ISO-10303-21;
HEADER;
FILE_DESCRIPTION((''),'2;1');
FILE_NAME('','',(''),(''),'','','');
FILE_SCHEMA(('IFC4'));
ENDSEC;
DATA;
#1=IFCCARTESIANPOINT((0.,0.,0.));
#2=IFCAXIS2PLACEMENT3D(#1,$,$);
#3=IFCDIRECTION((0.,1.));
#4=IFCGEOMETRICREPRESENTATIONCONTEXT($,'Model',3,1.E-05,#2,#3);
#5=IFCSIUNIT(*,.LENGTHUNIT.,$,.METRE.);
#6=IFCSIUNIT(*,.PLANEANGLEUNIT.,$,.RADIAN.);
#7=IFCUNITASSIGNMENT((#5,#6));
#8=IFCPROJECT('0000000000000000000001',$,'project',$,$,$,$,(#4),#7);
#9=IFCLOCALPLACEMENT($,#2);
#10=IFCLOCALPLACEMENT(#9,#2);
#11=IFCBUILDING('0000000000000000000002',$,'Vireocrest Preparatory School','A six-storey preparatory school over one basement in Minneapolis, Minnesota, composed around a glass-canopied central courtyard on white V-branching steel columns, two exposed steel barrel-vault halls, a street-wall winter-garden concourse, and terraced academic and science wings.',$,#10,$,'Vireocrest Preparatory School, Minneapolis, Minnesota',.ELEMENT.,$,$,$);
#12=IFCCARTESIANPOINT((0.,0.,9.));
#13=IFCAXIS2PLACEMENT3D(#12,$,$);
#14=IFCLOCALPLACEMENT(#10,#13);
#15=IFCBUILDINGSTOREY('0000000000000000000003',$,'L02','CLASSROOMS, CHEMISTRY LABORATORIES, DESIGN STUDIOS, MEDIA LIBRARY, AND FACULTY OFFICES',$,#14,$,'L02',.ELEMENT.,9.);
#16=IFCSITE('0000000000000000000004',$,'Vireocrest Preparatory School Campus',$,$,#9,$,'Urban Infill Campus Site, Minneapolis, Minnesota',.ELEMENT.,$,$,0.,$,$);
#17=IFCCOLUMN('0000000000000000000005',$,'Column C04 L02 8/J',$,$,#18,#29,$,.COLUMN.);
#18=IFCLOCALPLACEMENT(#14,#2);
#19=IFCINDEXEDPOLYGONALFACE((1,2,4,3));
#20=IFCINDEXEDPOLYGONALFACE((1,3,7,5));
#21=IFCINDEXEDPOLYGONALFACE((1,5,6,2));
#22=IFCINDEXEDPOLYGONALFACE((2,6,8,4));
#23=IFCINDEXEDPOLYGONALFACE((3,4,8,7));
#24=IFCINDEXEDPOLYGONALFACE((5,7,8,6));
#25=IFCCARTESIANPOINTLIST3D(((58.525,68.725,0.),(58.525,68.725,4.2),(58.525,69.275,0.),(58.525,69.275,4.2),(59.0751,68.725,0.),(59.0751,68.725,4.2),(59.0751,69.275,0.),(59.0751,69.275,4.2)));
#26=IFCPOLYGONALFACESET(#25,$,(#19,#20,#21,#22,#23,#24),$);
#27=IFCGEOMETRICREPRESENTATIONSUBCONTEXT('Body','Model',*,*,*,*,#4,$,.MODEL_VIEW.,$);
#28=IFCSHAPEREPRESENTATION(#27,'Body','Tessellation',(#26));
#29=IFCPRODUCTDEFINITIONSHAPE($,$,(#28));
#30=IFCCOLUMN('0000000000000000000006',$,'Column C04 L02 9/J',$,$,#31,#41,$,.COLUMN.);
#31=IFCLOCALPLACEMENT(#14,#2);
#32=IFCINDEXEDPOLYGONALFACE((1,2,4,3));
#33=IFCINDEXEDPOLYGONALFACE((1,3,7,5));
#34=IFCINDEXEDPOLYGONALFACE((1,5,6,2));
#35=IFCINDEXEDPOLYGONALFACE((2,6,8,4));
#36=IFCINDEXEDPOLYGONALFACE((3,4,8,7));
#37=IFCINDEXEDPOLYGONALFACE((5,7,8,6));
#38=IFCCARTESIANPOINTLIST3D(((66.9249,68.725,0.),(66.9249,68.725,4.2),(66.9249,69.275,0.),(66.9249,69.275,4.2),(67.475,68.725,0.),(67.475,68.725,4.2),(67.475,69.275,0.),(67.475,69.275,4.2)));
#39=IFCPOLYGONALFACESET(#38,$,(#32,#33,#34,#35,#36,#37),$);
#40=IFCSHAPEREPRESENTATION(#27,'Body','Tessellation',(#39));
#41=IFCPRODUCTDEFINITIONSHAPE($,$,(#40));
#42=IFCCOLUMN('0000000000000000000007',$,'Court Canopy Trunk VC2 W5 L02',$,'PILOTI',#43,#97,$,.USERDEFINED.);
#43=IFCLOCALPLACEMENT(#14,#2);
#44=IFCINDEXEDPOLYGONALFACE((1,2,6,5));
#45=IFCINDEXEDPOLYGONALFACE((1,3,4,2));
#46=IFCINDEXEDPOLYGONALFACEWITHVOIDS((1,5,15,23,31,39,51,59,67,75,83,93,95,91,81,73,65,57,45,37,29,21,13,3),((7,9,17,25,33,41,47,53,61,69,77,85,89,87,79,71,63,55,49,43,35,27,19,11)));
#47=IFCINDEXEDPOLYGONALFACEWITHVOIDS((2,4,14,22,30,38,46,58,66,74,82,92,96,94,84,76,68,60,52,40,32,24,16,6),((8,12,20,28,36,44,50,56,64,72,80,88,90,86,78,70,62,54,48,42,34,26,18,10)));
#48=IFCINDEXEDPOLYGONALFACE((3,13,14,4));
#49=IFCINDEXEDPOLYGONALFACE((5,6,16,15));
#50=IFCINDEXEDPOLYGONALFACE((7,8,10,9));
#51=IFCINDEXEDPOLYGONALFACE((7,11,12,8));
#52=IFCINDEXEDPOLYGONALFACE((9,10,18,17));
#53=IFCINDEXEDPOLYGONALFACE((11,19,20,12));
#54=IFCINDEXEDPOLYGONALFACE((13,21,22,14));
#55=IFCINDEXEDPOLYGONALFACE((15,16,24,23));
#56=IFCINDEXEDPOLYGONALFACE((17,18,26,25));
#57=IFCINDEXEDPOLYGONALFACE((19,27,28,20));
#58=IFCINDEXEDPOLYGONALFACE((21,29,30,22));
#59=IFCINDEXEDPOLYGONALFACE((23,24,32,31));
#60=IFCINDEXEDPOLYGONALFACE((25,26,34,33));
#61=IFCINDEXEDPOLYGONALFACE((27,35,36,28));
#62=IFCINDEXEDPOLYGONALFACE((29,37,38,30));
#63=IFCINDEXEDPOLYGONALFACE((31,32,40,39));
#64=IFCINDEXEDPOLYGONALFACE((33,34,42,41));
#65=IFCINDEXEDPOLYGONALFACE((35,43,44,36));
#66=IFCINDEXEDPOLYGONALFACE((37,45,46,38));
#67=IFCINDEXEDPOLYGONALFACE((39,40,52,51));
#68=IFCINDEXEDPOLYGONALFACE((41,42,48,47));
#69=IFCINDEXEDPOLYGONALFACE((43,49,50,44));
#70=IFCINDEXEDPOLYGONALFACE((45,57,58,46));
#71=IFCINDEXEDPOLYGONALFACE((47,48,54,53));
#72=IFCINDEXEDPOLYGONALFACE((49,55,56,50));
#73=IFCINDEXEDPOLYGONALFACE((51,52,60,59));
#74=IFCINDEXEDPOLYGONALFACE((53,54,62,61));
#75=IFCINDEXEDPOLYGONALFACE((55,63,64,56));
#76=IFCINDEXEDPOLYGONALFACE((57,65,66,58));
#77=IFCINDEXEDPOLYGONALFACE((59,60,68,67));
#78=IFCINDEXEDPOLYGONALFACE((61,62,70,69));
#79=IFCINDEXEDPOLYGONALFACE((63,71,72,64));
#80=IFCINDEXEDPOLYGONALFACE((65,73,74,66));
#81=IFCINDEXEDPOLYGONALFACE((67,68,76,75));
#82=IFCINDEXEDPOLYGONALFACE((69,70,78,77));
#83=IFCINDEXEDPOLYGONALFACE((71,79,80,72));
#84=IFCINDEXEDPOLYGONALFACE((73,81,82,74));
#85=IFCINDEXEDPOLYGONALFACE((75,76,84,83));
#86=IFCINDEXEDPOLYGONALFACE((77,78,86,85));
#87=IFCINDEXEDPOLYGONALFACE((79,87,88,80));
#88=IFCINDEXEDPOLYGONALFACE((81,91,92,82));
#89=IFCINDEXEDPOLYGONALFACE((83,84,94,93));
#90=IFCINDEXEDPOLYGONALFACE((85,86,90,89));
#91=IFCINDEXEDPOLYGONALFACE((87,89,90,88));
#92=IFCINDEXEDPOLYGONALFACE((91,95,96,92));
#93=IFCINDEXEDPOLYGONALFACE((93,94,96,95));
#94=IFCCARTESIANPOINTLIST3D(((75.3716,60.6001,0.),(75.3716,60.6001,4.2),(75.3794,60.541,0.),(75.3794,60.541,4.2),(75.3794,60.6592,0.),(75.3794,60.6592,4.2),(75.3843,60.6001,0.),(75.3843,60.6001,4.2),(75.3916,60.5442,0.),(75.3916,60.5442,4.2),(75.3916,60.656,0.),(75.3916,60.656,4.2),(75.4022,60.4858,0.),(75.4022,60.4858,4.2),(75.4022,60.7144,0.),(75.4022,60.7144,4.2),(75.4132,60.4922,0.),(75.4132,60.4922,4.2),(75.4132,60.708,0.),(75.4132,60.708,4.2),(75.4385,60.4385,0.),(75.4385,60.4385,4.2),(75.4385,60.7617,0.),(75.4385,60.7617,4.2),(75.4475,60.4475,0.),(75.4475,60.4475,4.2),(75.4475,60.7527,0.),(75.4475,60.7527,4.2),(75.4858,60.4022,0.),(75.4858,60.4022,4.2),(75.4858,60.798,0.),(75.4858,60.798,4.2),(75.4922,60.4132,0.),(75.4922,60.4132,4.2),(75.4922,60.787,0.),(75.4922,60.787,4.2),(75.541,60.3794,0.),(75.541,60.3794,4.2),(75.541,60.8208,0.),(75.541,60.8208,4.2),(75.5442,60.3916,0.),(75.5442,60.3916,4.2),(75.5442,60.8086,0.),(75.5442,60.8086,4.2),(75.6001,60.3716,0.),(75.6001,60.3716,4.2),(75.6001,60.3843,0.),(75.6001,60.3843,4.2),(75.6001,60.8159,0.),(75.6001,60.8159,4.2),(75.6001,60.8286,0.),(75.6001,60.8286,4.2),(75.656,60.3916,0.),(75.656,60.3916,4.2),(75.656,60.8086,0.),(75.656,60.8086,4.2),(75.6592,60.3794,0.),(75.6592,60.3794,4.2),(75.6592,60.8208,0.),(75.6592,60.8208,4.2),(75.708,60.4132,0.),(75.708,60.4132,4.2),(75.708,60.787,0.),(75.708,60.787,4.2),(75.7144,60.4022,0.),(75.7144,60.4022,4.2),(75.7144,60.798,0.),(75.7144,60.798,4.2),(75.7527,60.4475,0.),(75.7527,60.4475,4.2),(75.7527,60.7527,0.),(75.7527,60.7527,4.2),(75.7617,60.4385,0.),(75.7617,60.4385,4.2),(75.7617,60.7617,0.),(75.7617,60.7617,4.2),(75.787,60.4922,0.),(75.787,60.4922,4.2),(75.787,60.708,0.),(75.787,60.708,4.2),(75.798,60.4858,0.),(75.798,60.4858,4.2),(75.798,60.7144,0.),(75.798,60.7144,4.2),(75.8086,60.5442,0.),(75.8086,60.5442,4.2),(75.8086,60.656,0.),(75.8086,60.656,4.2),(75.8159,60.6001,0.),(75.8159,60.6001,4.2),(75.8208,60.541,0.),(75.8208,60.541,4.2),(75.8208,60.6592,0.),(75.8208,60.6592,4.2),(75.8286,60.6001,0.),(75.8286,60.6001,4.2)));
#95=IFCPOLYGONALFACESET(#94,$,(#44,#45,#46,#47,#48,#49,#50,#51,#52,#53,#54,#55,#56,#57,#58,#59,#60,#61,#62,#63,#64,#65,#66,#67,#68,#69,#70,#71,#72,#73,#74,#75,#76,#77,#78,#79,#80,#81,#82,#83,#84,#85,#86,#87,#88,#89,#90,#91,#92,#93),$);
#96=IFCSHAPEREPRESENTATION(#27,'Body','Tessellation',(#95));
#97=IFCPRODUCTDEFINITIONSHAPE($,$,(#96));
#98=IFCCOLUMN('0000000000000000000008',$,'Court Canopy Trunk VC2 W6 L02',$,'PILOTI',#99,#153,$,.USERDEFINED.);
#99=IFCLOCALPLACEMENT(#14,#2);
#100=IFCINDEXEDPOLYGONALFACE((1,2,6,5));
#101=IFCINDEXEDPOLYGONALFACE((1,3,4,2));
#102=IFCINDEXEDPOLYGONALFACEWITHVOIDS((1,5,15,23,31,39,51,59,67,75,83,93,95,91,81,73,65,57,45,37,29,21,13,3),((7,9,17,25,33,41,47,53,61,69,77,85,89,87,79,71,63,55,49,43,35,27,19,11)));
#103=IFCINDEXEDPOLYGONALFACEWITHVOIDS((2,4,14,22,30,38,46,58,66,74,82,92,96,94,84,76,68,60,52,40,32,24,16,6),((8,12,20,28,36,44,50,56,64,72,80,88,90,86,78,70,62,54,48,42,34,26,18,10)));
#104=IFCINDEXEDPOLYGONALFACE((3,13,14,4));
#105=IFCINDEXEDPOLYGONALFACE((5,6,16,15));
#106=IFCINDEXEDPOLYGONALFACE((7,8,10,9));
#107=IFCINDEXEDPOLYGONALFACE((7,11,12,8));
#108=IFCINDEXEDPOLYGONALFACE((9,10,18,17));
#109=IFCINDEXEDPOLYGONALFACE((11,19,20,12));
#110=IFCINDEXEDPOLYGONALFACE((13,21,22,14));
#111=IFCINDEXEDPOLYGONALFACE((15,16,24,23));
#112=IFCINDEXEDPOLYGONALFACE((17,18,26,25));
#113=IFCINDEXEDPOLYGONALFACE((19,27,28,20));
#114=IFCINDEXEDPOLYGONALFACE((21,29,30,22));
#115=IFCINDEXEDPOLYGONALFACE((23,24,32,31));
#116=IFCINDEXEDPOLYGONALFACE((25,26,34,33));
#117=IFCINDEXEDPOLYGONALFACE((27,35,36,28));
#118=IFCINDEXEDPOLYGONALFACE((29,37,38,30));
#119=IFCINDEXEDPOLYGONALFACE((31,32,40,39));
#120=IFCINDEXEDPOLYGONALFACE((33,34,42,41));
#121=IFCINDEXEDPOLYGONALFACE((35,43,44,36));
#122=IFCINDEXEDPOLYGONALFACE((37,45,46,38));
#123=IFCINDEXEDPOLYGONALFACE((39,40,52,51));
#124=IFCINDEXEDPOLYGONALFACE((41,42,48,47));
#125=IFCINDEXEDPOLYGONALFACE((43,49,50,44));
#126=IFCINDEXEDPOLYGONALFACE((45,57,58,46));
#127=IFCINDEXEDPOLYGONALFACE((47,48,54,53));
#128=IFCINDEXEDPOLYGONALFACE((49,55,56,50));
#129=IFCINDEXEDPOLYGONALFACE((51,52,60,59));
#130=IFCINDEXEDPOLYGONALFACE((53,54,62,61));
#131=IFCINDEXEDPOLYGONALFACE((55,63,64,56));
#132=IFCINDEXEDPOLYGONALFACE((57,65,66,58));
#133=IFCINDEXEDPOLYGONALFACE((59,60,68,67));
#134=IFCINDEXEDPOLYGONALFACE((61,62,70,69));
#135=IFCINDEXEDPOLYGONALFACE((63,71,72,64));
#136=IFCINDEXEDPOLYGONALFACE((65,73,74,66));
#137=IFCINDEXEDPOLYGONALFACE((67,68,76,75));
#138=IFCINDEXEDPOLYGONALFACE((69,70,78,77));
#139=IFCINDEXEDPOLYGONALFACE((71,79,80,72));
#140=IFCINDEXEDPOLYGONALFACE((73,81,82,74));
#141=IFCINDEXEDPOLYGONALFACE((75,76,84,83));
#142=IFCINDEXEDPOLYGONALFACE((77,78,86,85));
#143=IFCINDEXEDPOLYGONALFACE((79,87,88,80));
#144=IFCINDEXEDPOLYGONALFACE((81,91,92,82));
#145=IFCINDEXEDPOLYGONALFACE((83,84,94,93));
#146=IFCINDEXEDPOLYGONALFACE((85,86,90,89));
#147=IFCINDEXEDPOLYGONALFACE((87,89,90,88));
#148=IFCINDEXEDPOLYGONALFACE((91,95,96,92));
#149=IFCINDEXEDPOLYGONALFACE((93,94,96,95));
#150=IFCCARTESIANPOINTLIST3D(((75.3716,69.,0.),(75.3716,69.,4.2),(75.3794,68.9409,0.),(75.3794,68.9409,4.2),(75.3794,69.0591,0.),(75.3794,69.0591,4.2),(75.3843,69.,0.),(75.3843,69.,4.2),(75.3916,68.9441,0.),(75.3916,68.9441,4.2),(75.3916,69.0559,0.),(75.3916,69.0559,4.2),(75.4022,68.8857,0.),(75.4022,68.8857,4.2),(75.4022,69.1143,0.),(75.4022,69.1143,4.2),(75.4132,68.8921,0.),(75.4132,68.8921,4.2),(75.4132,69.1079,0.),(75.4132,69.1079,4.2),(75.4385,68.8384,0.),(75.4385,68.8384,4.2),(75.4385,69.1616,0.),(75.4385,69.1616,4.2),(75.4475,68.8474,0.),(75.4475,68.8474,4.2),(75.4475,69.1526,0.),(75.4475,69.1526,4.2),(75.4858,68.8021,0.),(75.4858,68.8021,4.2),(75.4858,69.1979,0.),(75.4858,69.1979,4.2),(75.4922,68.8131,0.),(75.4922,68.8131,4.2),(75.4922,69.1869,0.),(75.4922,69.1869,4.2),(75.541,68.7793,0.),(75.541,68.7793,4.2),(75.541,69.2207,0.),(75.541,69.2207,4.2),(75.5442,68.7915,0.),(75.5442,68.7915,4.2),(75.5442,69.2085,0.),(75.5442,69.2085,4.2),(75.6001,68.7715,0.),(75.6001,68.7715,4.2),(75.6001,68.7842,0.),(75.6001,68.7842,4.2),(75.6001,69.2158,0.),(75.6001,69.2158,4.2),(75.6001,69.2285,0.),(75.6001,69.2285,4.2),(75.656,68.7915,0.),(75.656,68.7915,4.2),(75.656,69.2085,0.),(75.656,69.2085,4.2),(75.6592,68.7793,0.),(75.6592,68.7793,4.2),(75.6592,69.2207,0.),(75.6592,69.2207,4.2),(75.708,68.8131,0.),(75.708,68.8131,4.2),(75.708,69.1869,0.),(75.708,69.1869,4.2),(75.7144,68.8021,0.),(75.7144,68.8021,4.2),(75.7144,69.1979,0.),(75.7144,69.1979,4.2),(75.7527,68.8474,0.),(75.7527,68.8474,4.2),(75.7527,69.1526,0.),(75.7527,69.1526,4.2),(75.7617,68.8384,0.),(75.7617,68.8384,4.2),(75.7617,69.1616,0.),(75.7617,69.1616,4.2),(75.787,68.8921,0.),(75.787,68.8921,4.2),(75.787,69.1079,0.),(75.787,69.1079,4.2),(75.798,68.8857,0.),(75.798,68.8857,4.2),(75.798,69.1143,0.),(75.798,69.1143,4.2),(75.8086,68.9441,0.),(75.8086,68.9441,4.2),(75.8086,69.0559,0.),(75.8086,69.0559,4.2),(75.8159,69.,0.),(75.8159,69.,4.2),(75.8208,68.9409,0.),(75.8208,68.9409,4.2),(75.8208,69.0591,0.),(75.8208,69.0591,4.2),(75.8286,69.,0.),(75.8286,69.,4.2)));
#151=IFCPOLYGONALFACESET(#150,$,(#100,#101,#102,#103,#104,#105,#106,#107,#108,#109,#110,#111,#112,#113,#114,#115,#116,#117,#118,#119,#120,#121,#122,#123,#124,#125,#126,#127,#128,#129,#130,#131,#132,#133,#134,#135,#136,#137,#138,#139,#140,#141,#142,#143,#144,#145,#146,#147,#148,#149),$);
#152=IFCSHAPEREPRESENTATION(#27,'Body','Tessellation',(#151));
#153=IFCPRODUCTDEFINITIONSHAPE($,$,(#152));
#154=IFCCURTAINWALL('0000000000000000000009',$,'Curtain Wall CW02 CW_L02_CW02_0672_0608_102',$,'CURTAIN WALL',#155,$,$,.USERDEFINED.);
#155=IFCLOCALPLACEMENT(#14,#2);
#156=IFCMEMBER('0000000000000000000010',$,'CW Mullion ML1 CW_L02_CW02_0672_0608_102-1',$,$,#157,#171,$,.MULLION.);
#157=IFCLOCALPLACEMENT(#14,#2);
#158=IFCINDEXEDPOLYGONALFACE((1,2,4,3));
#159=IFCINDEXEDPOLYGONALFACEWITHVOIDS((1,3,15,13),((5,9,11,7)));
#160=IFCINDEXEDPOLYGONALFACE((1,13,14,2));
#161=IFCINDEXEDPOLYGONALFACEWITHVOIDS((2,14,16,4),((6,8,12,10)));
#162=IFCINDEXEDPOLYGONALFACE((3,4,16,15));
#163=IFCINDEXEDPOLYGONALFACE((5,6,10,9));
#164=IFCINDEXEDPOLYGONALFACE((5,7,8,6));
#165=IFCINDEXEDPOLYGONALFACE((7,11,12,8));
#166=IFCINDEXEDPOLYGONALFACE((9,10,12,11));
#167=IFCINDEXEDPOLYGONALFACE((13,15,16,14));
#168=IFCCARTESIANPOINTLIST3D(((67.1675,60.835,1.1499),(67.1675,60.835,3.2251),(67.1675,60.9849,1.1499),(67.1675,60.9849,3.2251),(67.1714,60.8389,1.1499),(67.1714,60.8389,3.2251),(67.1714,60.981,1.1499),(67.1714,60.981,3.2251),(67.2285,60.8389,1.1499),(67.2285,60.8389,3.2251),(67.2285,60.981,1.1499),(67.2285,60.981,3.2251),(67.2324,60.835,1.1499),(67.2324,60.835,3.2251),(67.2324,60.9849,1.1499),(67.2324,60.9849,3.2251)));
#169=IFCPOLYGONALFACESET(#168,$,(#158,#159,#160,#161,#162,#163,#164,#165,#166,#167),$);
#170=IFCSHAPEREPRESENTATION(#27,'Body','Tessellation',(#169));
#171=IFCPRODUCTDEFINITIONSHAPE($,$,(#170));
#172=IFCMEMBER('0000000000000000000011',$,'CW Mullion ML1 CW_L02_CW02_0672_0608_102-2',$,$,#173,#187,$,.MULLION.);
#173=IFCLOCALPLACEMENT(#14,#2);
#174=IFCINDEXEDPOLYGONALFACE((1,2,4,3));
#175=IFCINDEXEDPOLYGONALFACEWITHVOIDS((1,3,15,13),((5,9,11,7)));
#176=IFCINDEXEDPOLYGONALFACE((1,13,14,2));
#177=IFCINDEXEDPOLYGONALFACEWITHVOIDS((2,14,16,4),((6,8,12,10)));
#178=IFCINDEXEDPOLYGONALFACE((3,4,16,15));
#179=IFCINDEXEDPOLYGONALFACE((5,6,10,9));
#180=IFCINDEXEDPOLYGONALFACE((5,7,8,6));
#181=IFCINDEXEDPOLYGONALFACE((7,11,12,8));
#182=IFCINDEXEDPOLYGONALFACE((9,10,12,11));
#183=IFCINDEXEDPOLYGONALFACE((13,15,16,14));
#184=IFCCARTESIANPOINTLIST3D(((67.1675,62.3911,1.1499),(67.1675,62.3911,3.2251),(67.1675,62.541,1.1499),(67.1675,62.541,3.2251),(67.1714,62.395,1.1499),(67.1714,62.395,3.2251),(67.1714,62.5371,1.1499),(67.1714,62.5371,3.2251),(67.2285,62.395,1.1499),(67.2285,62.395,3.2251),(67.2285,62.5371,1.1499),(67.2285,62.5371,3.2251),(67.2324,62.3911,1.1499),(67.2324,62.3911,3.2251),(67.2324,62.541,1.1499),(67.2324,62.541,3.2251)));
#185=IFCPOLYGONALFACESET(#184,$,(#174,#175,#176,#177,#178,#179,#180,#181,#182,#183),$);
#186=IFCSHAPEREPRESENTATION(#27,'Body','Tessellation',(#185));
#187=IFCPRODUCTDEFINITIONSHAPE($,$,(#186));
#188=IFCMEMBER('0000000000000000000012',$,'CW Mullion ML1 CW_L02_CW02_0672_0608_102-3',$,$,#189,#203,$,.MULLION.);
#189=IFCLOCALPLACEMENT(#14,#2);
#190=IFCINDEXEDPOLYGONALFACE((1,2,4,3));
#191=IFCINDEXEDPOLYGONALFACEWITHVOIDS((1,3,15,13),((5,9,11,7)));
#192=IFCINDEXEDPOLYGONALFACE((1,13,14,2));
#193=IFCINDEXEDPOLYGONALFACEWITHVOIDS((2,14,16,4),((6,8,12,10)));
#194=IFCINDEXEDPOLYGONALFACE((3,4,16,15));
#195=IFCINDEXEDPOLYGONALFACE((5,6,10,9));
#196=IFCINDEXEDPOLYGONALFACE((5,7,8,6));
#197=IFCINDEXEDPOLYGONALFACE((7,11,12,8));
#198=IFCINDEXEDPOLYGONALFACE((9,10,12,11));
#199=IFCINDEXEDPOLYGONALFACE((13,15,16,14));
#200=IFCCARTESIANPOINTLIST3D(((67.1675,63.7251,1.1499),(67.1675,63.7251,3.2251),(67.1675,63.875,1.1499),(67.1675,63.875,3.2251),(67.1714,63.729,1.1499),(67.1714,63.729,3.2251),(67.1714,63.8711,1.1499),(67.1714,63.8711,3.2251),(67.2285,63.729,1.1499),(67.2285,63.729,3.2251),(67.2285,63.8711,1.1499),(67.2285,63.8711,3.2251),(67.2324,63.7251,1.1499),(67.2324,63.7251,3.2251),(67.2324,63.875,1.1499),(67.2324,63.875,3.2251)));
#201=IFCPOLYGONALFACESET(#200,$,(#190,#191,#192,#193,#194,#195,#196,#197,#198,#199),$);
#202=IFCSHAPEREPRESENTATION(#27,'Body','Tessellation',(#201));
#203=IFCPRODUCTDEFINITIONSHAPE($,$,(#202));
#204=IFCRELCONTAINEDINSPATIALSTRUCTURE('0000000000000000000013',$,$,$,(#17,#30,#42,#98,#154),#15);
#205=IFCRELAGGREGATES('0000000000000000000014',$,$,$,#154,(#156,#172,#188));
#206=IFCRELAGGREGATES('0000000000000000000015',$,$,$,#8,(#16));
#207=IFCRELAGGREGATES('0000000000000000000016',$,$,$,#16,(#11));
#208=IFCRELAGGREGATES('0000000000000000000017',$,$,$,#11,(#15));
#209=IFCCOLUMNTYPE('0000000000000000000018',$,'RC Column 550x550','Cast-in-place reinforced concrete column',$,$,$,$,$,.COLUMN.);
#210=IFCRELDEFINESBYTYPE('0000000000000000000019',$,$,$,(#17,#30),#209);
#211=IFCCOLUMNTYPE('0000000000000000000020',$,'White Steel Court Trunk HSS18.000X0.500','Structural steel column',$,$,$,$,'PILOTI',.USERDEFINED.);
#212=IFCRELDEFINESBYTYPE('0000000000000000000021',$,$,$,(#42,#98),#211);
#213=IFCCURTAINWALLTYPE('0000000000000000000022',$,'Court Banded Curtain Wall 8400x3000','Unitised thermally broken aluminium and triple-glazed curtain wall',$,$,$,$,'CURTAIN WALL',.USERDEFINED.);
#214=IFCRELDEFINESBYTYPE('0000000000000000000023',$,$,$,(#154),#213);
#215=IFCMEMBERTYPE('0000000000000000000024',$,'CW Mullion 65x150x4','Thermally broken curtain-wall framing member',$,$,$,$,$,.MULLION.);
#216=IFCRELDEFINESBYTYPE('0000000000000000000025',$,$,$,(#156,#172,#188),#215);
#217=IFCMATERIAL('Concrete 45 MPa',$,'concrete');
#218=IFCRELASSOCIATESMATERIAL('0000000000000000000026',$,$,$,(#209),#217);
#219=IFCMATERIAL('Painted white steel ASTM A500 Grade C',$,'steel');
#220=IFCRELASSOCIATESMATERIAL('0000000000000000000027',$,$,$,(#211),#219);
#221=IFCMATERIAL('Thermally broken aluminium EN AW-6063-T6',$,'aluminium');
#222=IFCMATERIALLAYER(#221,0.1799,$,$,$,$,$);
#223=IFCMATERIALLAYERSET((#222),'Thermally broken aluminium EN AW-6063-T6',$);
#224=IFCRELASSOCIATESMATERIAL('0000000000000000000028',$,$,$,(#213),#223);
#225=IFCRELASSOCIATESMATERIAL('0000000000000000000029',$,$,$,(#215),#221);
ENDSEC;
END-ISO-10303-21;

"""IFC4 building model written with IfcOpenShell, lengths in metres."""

from ifc_helpers import new_model, si_unit, direction, frame, origin, origin_2d, place, context, subcontext, project, spatial, rectangle, hollow_rectangle, hollow_circle, extrude, material, layer, layer_set, material_profile, profile_set, type_object, element, aggregate, save


model = new_model("IFC4")

# Units and contexts
model_context = context("Model", 3, precision=1e-05, world=origin(), true_north=direction((0.0, 1.0)))
body_context = subcontext(model_context, "Body", "Model", "MODEL_VIEW")
ifc_project = project(units=[si_unit("LENGTHUNIT", "METRE"), si_unit("PLANEANGLEUNIT", "RADIAN")], contexts=[model_context])

# Site, building, storey
site_placement = place(None, origin())
site = spatial("IfcSite", under=ifc_project, at=site_placement, Name="Vireocrest Preparatory School Campus", LongName="Urban Infill Campus Site, Minneapolis, Minnesota", CompositionType="ELEMENT", RefElevation=0.0)
building_placement = place(site_placement, origin())
building = spatial("IfcBuilding", under=site, at=building_placement, Name="Vireocrest Preparatory School", Description="A six-storey preparatory school over one basement in Minneapolis, Minnesota, composed around a glass-canopied central courtyard on white V-branching steel columns, two exposed steel barrel-vault halls, a street-wall winter-garden concourse, and terraced academic and science wings.", LongName="Vireocrest Preparatory School, Minneapolis, Minnesota", CompositionType="ELEMENT")
storey_placement = place(building_placement, frame((0.0, 0.0, 9.0)))
storey = spatial("IfcBuildingStorey", under=building, at=storey_placement, Name="L02", Description="CLASSROOMS, CHEMISTRY LABORATORIES, DESIGN STUDIOS, MEDIA LIBRARY, AND FACULTY OFFICES", LongName="L02", CompositionType="ELEMENT", Elevation=9.0)

# Columns
ifc_material_1 = material(Name="Concrete 45 MPa", Category="concrete")
ifc_material_profile_1 = material_profile(ifc_material_1, rectangle(XDim=0.55, YDim=0.55, at=origin_2d()), Name="RC 550x550")
ifc_profile_set_1 = profile_set([ifc_material_profile_1], Name="Concrete 45 MPa")
column_type_1 = type_object("IfcColumnType", Name="RC Column 550x550", Description="Cast-in-place reinforced concrete column", PredefinedType="COLUMN", material=ifc_profile_set_1)
for number, where, z_axis, x_axis, name in (
    (1, (58.8, 69.0, 0.0), (0.0, 0.0, 1.0), (1.0, 0.0, 0.0), "Column C04 L02 8/J"),
    (2, (67.2, 69.0, 0.0), (0.0, 0.0, 1.0), (1.0, 0.0, 0.0), "Column C04 L02 9/J"),
):
    element("IfcColumn", number, at=place(storey_placement, frame(where, z_axis=z_axis, x_axis=x_axis)), inside=storey, type_object=column_type_1, Name=name, PredefinedType="COLUMN", context=body_context, shape_type="SweptSolid", body=[
        extrude(rectangle(XDim=0.55, YDim=0.55, at=origin_2d()), origin(), (0.0, 0.0, 1.0), 4.2),
    ])
ifc_material_2 = material(Name="Painted white steel ASTM A500 Grade C", Category="steel")
ifc_material_profile_2 = material_profile(ifc_material_2, hollow_circle(Radius=0.2285, WallThickness=0.0127, at=origin_2d()), Name="HSS18.000X0.500")
ifc_profile_set_2 = profile_set([ifc_material_profile_2], Name="Painted white steel ASTM A500 Grade C")
column_type_2 = type_object("IfcColumnType", Name="White Steel Court Trunk HSS18.000X0.500", Description="Structural steel column", ElementType="PILOTI", PredefinedType="USERDEFINED", material=ifc_profile_set_2)
for number, where, z_axis, x_axis, name in (
    (3, (75.6001, 60.6001, 0.0), (0.0, 0.0, 1.0), (1.0, 0.0, 0.0), "Court Canopy Trunk VC2 W5 L02"),
    (4, (75.6001, 69.0, 0.0), (0.0, 0.0, 1.0), (1.0, 0.0, 0.0), "Court Canopy Trunk VC2 W6 L02"),
):
    element("IfcColumn", number, at=place(storey_placement, frame(where, z_axis=z_axis, x_axis=x_axis)), inside=storey, type_object=column_type_2, Name=name, ObjectType="PILOTI", PredefinedType="USERDEFINED", context=body_context, shape_type="SweptSolid", body=[
        extrude(hollow_circle(Radius=0.2285, WallThickness=0.0127, at=origin_2d()), origin(), (0.0, 0.0, 1.0), 4.2),
    ])

# Curtain wall, members
ifc_material_3 = material(Name="Thermally broken aluminium EN AW-6063-T6", Category="aluminium")
ifc_layer_1 = layer(ifc_material_3, 0.1799)
ifc_layer_set_1 = layer_set([ifc_layer_1], Name="Thermally broken aluminium EN AW-6063-T6")
curtain_wall_type = type_object("IfcCurtainWallType", Name="Court Banded Curtain Wall 8400x3000", Description="Unitised thermally broken aluminium and triple-glazed curtain wall", ElementType="CURTAIN WALL", PredefinedType="USERDEFINED", material=ifc_layer_set_1)
curtain_wall_1_placement = place(storey_placement, origin())
curtain_wall_1 = element("IfcCurtainWall", 5, at=curtain_wall_1_placement, inside=storey, type_object=curtain_wall_type, Name="Curtain Wall CW02 CW_L02_CW02_0672_0608_102", ObjectType="CURTAIN WALL", PredefinedType="USERDEFINED")
ifc_material_profile_3 = material_profile(ifc_material_3, hollow_rectangle(XDim=0.0649, YDim=0.1499, WallThickness=0.0039, at=origin_2d()), Name="ALU 65x150x4")
ifc_profile_set_3 = profile_set([ifc_material_profile_3], Name="Thermally broken aluminium EN AW-6063-T6")
member_type_1 = type_object("IfcMemberType", Name="CW Mullion 65x150x4", Description="Thermally broken curtain-wall framing member", PredefinedType="MULLION", material=ifc_profile_set_3)
member_1_placement = place(storey_placement, frame((67.2, 60.9099, 1.1499), z_axis=(0.0, 0.0, 1.0), x_axis=(1.0, 0.0, 0.0)))
member_1 = element("IfcMember", 6, at=member_1_placement, type_object=member_type_1, Name="CW Mullion ML1 CW_L02_CW02_0672_0608_102-1", PredefinedType="MULLION", context=body_context, shape_type="SweptSolid", body=[
    extrude(hollow_rectangle(XDim=0.0649, YDim=0.1499, WallThickness=0.0039, at=origin_2d()), origin(), (0.0, 0.0, 1.0), 2.0752),
])
member_2_placement = place(storey_placement, frame((67.2, 62.4661, 1.1499), z_axis=(0.0, 0.0, 1.0), x_axis=(1.0, 0.0, 0.0)))
member_2 = element("IfcMember", 7, at=member_2_placement, type_object=member_type_1, Name="CW Mullion ML1 CW_L02_CW02_0672_0608_102-2", PredefinedType="MULLION", context=body_context, shape_type="SweptSolid", body=[
    extrude(hollow_rectangle(XDim=0.0649, YDim=0.1499, WallThickness=0.0039, at=origin_2d()), origin(), (0.0, 0.0, 1.0), 2.0752),
])
member_3_placement = place(storey_placement, frame((67.2, 63.8, 1.1499), z_axis=(0.0, 0.0, 1.0), x_axis=(1.0, 0.0, 0.0)))
member_3 = element("IfcMember", 8, at=member_3_placement, type_object=member_type_1, Name="CW Mullion ML1 CW_L02_CW02_0672_0608_102-3", PredefinedType="MULLION", context=body_context, shape_type="SweptSolid", body=[
    extrude(hollow_rectangle(XDim=0.0649, YDim=0.1499, WallThickness=0.0039, at=origin_2d()), origin(), (0.0, 0.0, 1.0), 2.0752),
])

aggregate(curtain_wall_1, [member_1, member_2, member_3])

save(model, "model.ifc")
